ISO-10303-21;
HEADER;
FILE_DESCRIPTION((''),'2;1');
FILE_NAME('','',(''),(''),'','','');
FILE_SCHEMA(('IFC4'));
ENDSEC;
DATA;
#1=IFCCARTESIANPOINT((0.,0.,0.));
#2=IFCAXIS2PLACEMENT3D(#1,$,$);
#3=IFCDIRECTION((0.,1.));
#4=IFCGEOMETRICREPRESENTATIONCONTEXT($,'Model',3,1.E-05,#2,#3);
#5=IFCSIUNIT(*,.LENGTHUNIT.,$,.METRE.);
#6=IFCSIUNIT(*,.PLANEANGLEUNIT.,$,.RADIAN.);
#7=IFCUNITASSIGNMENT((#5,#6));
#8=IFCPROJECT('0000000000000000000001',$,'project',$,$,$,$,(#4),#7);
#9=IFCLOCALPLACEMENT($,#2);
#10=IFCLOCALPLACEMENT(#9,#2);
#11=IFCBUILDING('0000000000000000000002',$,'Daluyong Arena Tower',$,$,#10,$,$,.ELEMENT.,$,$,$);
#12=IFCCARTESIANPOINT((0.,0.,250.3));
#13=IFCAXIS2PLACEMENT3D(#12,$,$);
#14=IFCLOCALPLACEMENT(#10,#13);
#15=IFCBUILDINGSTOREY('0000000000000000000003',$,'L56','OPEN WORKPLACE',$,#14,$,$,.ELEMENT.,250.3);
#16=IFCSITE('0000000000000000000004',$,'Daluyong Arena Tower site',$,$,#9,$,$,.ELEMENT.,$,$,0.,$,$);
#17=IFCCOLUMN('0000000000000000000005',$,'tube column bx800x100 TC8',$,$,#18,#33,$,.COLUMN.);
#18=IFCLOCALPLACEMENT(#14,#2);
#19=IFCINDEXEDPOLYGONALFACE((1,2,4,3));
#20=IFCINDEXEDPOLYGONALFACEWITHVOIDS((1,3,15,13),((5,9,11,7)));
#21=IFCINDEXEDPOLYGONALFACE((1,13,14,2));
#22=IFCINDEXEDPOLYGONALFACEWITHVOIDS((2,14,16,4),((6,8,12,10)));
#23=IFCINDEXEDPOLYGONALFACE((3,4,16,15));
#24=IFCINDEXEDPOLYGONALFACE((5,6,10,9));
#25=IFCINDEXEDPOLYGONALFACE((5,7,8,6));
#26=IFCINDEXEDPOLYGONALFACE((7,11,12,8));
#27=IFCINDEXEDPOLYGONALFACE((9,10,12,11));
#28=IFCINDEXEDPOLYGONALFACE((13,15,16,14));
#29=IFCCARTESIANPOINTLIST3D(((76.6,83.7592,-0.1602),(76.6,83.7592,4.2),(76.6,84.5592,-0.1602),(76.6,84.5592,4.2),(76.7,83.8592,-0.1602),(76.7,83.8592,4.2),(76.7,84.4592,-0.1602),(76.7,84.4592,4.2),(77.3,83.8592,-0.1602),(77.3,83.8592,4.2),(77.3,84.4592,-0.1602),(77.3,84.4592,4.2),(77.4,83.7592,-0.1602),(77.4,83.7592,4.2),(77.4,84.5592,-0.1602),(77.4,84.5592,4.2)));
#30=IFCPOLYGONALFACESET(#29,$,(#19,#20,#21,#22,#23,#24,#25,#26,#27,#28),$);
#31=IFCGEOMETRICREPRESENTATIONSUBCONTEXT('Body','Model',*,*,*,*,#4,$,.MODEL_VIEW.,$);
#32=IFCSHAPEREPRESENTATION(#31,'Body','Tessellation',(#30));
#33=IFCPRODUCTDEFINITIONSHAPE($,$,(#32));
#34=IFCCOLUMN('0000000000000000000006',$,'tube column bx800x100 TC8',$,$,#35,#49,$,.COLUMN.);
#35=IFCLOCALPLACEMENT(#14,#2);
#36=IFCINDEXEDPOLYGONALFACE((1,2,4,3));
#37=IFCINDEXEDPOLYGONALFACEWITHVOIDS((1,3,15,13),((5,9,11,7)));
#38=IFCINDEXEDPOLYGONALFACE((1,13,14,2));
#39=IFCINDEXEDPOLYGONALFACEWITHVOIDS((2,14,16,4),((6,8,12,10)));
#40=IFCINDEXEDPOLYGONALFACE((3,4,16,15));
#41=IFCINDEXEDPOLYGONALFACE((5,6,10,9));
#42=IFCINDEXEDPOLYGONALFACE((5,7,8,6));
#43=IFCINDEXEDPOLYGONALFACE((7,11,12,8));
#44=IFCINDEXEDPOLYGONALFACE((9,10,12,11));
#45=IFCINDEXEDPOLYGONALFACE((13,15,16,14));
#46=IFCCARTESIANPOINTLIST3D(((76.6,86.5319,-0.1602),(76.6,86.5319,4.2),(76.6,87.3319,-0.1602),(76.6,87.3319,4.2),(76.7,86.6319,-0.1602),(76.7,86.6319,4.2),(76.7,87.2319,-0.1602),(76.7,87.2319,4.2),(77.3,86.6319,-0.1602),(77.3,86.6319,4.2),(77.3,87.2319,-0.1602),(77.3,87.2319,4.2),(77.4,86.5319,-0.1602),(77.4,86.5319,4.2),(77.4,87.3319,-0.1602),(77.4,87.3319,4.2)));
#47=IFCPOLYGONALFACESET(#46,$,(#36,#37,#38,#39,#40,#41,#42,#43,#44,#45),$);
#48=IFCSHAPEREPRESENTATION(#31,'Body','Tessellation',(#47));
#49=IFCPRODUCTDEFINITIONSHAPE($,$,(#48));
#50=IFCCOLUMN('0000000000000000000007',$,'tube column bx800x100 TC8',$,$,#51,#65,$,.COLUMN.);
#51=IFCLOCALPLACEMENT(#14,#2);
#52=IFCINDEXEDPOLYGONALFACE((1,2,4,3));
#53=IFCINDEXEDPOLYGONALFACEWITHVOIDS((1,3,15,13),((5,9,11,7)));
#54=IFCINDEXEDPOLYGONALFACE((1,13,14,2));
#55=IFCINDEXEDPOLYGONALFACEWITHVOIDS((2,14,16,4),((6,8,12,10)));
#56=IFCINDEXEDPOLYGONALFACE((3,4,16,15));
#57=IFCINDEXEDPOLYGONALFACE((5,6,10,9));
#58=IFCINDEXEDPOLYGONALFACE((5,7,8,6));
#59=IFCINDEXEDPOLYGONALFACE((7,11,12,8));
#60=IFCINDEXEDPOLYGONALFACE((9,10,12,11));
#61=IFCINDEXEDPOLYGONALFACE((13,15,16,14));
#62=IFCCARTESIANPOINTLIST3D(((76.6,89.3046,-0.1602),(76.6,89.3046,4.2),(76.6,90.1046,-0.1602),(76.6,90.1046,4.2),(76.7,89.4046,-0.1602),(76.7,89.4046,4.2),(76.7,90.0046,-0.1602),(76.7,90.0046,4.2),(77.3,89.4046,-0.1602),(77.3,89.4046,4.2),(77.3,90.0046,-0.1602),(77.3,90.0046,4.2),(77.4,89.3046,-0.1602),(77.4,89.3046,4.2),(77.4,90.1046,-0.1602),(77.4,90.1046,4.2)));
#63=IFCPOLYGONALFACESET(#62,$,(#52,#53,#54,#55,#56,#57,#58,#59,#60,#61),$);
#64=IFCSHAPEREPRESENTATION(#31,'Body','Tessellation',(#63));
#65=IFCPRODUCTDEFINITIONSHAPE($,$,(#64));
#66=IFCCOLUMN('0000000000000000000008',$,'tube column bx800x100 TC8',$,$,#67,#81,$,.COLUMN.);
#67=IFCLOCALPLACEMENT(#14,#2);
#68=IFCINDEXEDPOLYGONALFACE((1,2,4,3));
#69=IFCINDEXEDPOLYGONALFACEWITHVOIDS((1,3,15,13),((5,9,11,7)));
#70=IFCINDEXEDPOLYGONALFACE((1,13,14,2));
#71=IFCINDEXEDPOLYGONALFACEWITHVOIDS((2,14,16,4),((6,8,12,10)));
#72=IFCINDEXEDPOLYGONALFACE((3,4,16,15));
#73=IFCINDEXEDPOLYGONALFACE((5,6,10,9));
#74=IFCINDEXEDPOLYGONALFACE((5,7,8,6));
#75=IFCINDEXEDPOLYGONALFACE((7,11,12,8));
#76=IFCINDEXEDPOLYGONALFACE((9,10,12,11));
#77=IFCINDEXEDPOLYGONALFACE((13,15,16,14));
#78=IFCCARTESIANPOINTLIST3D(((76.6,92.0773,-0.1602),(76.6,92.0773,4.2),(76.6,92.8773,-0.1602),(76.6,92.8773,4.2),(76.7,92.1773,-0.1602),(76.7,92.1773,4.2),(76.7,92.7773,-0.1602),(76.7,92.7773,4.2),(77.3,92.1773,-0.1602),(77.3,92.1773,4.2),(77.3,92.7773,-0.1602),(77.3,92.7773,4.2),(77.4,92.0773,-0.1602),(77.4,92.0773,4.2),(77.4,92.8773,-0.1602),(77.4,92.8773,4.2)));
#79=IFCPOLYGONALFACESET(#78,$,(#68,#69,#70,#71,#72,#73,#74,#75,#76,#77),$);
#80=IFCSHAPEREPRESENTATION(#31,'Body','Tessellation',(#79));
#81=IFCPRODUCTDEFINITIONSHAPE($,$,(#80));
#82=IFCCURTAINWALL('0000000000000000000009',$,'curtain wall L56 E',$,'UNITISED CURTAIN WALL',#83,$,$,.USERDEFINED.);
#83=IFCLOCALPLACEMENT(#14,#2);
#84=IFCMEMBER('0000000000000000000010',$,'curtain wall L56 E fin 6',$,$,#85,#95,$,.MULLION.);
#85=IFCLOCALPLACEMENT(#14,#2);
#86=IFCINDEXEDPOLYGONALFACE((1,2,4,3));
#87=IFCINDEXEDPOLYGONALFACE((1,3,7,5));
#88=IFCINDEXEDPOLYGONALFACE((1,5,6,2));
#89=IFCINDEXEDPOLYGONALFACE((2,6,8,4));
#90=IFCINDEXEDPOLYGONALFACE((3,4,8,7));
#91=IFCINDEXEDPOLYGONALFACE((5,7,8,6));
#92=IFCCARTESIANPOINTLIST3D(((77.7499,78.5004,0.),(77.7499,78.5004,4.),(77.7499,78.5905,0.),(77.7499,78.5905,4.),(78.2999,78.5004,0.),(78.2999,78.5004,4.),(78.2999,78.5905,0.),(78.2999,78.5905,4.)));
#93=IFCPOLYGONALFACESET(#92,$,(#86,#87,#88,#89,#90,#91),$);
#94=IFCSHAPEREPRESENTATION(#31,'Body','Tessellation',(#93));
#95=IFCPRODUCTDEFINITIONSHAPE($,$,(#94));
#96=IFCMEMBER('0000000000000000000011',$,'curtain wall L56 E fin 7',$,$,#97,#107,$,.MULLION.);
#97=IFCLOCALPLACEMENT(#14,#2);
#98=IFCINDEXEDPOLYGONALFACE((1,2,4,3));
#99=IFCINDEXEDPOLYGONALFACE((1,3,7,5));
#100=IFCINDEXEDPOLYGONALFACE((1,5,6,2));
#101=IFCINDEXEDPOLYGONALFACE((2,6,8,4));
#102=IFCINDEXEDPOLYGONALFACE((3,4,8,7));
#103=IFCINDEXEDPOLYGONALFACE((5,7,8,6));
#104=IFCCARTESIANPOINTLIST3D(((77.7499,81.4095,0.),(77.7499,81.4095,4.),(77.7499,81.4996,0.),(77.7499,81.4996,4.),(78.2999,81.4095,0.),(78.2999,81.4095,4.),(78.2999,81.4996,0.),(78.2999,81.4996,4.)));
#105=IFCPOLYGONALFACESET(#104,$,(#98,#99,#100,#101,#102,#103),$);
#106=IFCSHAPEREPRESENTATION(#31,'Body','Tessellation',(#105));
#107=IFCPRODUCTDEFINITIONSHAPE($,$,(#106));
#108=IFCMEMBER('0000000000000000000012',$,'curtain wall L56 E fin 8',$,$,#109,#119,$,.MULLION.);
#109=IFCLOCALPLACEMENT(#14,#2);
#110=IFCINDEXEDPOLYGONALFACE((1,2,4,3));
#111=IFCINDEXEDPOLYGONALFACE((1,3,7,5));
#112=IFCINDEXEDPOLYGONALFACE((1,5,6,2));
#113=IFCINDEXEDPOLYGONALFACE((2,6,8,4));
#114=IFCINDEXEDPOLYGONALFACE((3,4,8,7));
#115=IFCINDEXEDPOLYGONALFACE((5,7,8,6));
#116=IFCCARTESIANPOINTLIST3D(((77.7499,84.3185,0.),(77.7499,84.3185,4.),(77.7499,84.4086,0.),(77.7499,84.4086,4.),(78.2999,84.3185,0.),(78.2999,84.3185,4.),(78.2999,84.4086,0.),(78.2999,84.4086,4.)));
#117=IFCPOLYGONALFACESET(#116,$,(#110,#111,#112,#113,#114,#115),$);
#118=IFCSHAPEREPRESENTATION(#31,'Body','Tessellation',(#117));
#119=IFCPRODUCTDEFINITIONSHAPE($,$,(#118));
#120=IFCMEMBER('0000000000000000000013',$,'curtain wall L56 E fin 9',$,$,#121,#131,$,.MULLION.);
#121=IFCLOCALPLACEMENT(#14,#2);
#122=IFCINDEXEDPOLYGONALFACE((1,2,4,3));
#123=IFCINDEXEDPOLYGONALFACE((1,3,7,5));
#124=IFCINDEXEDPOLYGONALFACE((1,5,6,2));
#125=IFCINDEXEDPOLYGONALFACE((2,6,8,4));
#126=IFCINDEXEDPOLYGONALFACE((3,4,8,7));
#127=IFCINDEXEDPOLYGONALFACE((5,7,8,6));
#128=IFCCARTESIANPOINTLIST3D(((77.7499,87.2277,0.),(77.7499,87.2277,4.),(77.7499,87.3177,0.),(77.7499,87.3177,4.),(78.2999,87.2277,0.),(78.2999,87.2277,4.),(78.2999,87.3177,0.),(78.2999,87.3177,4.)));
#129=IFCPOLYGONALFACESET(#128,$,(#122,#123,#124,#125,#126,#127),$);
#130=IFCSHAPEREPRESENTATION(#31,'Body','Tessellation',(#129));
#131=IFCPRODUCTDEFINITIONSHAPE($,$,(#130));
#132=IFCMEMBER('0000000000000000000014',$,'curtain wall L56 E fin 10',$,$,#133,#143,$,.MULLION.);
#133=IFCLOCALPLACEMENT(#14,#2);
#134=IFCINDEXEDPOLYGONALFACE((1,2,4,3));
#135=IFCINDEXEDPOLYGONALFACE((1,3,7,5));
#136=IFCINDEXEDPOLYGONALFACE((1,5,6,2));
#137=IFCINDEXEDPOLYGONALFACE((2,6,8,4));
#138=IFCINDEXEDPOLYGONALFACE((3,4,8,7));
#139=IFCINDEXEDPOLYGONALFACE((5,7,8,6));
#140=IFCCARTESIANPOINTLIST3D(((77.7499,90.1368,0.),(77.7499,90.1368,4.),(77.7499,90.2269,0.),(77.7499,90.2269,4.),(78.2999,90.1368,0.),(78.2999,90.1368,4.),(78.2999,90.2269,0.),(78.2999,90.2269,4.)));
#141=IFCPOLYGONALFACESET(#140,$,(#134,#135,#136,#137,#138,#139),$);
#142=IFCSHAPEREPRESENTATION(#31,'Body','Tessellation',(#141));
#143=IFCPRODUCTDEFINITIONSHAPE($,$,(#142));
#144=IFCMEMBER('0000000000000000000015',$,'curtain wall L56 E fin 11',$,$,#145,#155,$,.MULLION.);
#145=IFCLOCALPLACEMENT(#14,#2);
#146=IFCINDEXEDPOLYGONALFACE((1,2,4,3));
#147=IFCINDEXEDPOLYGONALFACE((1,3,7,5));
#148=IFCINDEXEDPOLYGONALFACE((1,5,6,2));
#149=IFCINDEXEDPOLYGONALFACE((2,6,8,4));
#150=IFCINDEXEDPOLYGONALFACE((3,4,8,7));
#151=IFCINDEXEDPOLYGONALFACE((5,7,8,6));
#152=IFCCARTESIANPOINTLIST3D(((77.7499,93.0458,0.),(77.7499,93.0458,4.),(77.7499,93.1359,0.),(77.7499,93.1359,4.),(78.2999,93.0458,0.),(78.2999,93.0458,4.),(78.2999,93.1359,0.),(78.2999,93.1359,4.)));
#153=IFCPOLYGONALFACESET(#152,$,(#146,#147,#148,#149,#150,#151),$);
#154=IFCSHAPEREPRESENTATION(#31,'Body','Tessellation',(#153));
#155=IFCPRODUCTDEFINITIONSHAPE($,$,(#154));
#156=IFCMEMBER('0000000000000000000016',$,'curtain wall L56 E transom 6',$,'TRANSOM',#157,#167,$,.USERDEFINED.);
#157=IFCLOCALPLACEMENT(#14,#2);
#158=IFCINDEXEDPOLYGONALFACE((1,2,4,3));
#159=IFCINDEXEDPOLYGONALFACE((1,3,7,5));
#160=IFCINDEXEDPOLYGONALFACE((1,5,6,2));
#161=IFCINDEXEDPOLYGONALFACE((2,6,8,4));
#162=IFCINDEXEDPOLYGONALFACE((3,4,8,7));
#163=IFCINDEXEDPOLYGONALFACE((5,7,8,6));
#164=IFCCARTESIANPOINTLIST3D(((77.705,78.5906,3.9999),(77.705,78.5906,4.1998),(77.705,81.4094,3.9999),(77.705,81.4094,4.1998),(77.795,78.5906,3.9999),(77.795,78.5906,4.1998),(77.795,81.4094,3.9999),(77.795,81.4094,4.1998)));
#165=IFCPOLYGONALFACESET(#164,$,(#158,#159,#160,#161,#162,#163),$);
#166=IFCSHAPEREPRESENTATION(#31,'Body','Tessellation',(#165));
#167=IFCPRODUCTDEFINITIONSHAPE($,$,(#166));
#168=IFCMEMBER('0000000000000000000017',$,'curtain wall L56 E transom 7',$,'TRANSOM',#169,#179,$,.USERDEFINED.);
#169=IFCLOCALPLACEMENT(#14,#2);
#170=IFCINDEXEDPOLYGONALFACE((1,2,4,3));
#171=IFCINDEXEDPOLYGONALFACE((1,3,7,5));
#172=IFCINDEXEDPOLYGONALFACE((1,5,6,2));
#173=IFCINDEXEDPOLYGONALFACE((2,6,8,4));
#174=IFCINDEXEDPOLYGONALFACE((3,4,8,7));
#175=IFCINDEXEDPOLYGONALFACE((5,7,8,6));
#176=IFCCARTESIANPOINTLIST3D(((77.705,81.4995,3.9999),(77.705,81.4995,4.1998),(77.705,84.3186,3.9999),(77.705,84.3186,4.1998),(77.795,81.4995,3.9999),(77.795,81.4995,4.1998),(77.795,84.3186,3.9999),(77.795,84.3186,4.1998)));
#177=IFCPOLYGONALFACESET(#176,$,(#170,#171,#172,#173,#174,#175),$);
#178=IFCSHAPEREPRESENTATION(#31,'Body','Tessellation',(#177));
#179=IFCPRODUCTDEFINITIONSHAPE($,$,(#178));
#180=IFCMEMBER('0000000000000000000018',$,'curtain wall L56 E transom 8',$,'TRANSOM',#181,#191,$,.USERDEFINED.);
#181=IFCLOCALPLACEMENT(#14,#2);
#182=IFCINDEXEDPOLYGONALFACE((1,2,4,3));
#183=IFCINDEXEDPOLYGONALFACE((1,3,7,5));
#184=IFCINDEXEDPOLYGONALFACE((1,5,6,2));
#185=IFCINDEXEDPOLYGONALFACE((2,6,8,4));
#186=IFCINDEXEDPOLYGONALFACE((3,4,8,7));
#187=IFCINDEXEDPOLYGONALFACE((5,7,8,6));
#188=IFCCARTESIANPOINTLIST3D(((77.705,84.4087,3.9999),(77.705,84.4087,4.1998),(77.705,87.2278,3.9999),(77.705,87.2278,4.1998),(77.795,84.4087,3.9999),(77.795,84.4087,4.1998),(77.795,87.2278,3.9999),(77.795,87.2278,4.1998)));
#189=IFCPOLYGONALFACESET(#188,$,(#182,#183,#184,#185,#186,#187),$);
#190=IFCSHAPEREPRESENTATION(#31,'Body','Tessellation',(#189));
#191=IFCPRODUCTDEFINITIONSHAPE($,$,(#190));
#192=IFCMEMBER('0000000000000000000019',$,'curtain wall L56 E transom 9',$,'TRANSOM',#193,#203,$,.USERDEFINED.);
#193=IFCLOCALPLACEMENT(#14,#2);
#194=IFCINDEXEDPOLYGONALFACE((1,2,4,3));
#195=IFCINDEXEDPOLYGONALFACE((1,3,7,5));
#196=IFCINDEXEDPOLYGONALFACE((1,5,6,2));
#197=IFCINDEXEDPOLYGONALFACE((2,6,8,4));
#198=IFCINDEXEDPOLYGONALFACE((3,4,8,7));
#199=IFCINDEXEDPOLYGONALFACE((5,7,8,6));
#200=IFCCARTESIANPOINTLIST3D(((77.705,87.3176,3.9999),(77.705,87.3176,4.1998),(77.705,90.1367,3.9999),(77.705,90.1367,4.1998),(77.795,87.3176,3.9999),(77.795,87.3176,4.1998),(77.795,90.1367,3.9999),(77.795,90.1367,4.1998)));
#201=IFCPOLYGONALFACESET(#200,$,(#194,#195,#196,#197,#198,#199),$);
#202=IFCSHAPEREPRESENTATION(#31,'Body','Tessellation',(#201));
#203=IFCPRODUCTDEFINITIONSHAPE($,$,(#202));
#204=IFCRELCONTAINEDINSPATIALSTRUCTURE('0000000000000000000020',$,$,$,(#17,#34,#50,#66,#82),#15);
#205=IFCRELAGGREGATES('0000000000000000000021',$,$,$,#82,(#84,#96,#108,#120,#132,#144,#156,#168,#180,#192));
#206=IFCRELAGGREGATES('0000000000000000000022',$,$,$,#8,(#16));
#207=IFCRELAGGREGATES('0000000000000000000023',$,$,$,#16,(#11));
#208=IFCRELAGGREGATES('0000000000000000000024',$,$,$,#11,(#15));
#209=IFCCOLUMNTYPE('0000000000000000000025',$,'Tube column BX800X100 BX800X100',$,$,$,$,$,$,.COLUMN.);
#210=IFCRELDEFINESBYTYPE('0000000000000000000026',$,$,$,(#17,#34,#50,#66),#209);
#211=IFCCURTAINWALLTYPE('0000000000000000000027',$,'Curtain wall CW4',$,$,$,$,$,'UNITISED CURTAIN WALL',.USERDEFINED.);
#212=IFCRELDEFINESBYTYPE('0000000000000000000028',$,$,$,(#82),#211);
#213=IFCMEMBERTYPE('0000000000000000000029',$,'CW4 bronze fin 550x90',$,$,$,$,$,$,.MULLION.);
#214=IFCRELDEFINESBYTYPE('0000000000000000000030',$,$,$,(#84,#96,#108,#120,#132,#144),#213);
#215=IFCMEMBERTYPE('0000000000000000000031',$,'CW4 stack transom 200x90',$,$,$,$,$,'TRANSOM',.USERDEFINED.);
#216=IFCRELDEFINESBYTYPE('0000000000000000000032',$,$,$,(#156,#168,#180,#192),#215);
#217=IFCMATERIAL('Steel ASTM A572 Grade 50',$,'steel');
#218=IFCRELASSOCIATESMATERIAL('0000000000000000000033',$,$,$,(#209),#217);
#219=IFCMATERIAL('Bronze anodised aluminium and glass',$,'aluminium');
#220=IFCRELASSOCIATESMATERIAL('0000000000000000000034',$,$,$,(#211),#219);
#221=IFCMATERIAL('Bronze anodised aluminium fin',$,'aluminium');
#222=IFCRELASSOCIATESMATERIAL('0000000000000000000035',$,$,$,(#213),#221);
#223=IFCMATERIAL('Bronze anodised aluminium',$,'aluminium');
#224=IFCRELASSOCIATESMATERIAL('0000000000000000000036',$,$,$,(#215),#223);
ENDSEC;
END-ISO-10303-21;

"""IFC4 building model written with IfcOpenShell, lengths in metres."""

from ifc_helpers import new_model, si_unit, direction, frame, origin, origin_2d, place, context, subcontext, project, spatial, rectangle, hollow_rectangle, extrude, material, material_profile, profile_set, type_object, element, aggregate, save


model = new_model("IFC4")

# Units and contexts
model_context = context("Model", 3, precision=1e-05, world=origin(), true_north=direction((0.0, 1.0)))
body_context = subcontext(model_context, "Body", "Model", "MODEL_VIEW")
ifc_project = project(units=[si_unit("LENGTHUNIT", "METRE"), si_unit("PLANEANGLEUNIT", "RADIAN")], contexts=[model_context])

# Site, building, storey
site_placement = place(None, origin())
site = spatial("IfcSite", under=ifc_project, at=site_placement, Name="Daluyong Arena Tower site", CompositionType="ELEMENT", RefElevation=0.0)
building_placement = place(site_placement, origin())
building = spatial("IfcBuilding", under=site, at=building_placement, Name="Daluyong Arena Tower", CompositionType="ELEMENT")
storey_placement = place(building_placement, frame((0.0, 0.0, 250.3)))
storey = spatial("IfcBuildingStorey", under=building, at=storey_placement, Name="L56", Description="OPEN WORKPLACE", CompositionType="ELEMENT", Elevation=250.3)

# Columns
ifc_material_1 = material(Name="Steel ASTM A572 Grade 50", Category="steel")
ifc_material_profile_1 = material_profile(ifc_material_1, hollow_rectangle(XDim=0.8, YDim=0.8, WallThickness=0.1, at=origin_2d()))
ifc_profile_set_1 = profile_set([ifc_material_profile_1], Name="Steel ASTM A572 Grade 50")
column_type = type_object("IfcColumnType", Name="Tube column BX800X100 BX800X100", PredefinedType="COLUMN", material=ifc_profile_set_1)
for number, where, z_axis, x_axis, name in (
    (1, (77.0, 84.1592, -0.1602), (0.0, 0.0, 1.0), (0.0, 1.0, 0.0), "tube column bx800x100 TC8"),
    (2, (77.0, 86.9319, -0.1602), (0.0, 0.0, 1.0), (0.0, 1.0, 0.0), "tube column bx800x100 TC8"),
    (3, (77.0, 89.7046, -0.1602), (0.0, 0.0, 1.0), (0.0, 1.0, 0.0), "tube column bx800x100 TC8"),
    (4, (77.0, 92.4773, -0.1602), (0.0, 0.0, 1.0), (0.0, 1.0, 0.0), "tube column bx800x100 TC8"),
):
    element("IfcColumn", number, at=place(storey_placement, frame(where, z_axis=z_axis, x_axis=x_axis)), inside=storey, type_object=column_type, Name=name, PredefinedType="COLUMN", context=body_context, shape_type="SweptSolid", body=[
        extrude(hollow_rectangle(XDim=0.8, YDim=0.8, WallThickness=0.1, at=origin_2d()), origin(), (0.0, 0.0, 1.0), 4.3601),
    ])

# Curtain wall, members
ifc_material_2 = material(Name="Bronze anodised aluminium and glass", Category="aluminium")
curtain_wall_type = type_object("IfcCurtainWallType", Name="Curtain wall CW4", ElementType="UNITISED CURTAIN WALL", PredefinedType="USERDEFINED", material=ifc_material_2)
curtain_wall_placement = place(storey_placement, origin())
curtain_wall = element("IfcCurtainWall", 5, at=curtain_wall_placement, inside=storey, type_object=curtain_wall_type, Name="curtain wall L56 E", ObjectType="UNITISED CURTAIN WALL", PredefinedType="USERDEFINED")
ifc_material_3 = material(Name="Bronze anodised aluminium fin", Category="aluminium")
ifc_material_profile_2 = material_profile(ifc_material_3, rectangle(XDim=0.55, YDim=0.0901, at=origin_2d()))
ifc_profile_set_2 = profile_set([ifc_material_profile_2], Name="Bronze anodised aluminium fin")
member_type_1 = type_object("IfcMemberType", Name="CW4 bronze fin 550x90", PredefinedType="MULLION", material=ifc_profile_set_2)
member_1_placement = place(storey_placement, frame((78.0249, 78.5454, 0.0), z_axis=(0.0, 0.0, 1.0), x_axis=(-1.0, 0.0, 0.0)))
member_1 = element("IfcMember", 6, at=member_1_placement, type_object=member_type_1, Name="curtain wall L56 E fin 6", PredefinedType="MULLION", context=body_context, shape_type="SweptSolid", body=[
    extrude(rectangle(XDim=0.55, YDim=0.0901, at=origin_2d()), origin(), (0.0, 0.0, 1.0), 4.0),
])
member_2_placement = place(storey_placement, frame((78.0249, 81.4546, 0.0), z_axis=(0.0, 0.0, 1.0), x_axis=(-1.0, 0.0, 0.0)))
member_2 = element("IfcMember", 7, at=member_2_placement, type_object=member_type_1, Name="curtain wall L56 E fin 7", PredefinedType="MULLION", context=body_context, shape_type="SweptSolid", body=[
    extrude(rectangle(XDim=0.55, YDim=0.0901, at=origin_2d()), origin(), (0.0, 0.0, 1.0), 4.0),
])
member_3_placement = place(storey_placement, frame((78.0249, 84.3635, 0.0), z_axis=(0.0, 0.0, 1.0), x_axis=(-1.0, 0.0, 0.0)))
member_3 = element("IfcMember", 8, at=member_3_placement, type_object=member_type_1, Name="curtain wall L56 E fin 8", PredefinedType="MULLION", context=body_context, shape_type="SweptSolid", body=[
    extrude(rectangle(XDim=0.55, YDim=0.0901, at=origin_2d()), origin(), (0.0, 0.0, 1.0), 4.0),
])
member_4_placement = place(storey_placement, frame((78.0249, 87.2727, 0.0), z_axis=(0.0, 0.0, 1.0), x_axis=(-1.0, 0.0, 0.0)))
member_4 = element("IfcMember", 9, at=member_4_placement, type_object=member_type_1, Name="curtain wall L56 E fin 9", PredefinedType="MULLION", context=body_context, shape_type="SweptSolid", body=[
    extrude(rectangle(XDim=0.55, YDim=0.0901, at=origin_2d()), origin(), (0.0, 0.0, 1.0), 4.0),
])
member_5_placement = place(storey_placement, frame((78.0249, 90.1819, 0.0), z_axis=(0.0, 0.0, 1.0), x_axis=(-1.0, 0.0, 0.0)))
member_5 = element("IfcMember", 10, at=member_5_placement, type_object=member_type_1, Name="curtain wall L56 E fin 10", PredefinedType="MULLION", context=body_context, shape_type="SweptSolid", body=[
    extrude(rectangle(XDim=0.55, YDim=0.0901, at=origin_2d()), origin(), (0.0, 0.0, 1.0), 4.0),
])
member_6_placement = place(storey_placement, frame((78.0249, 93.0908, 0.0), z_axis=(0.0, 0.0, 1.0), x_axis=(-1.0, 0.0, 0.0)))
member_6 = element("IfcMember", 11, at=member_6_placement, type_object=member_type_1, Name="curtain wall L56 E fin 11", PredefinedType="MULLION", context=body_context, shape_type="SweptSolid", body=[
    extrude(rectangle(XDim=0.55, YDim=0.0901, at=origin_2d()), origin(), (0.0, 0.0, 1.0), 4.0),
])
ifc_material_4 = material(Name="Bronze anodised aluminium", Category="aluminium")
ifc_material_profile_3 = material_profile(ifc_material_4, rectangle(XDim=0.0901, YDim=0.2, at=origin_2d()))
ifc_profile_set_3 = profile_set([ifc_material_profile_3], Name="Bronze anodised aluminium")
member_type_2 = type_object("IfcMemberType", Name="CW4 stack transom 200x90", ElementType="TRANSOM", PredefinedType="USERDEFINED", material=ifc_profile_set_3)
member_7_placement = place(storey_placement, frame((77.75, 78.5906, 4.0999), z_axis=(0.0, 1.0, 0.0), x_axis=(-1.0, 0.0, 0.0)))
member_7 = element("IfcMember", 12, at=member_7_placement, type_object=member_type_2, Name="curtain wall L56 E transom 6", ObjectType="TRANSOM", PredefinedType="USERDEFINED", context=body_context, shape_type="SweptSolid", body=[
    extrude(rectangle(XDim=0.0901, YDim=0.2, at=origin_2d()), origin(), (0.0, 0.0, 1.0), 2.8188),
])
member_8_placement = place(storey_placement, frame((77.75, 81.4995, 4.0999), z_axis=(0.0, 1.0, 0.0), x_axis=(-1.0, 0.0, 0.0)))
member_8 = element("IfcMember", 13, at=member_8_placement, type_object=member_type_2, Name="curtain wall L56 E transom 7", ObjectType="TRANSOM", PredefinedType="USERDEFINED", context=body_context, shape_type="SweptSolid", body=[
    extrude(rectangle(XDim=0.0901, YDim=0.2, at=origin_2d()), origin(), (0.0, 0.0, 1.0), 2.8191),
])
member_9_placement = place(storey_placement, frame((77.75, 84.4087, 4.0999), z_axis=(0.0, 1.0, 0.0), x_axis=(-1.0, 0.0, 0.0)))
member_9 = element("IfcMember", 14, at=member_9_placement, type_object=member_type_2, Name="curtain wall L56 E transom 8", ObjectType="TRANSOM", PredefinedType="USERDEFINED", context=body_context, shape_type="SweptSolid", body=[
    extrude(rectangle(XDim=0.0901, YDim=0.2, at=origin_2d()), origin(), (0.0, 0.0, 1.0), 2.8191),
])
member_10_placement = place(storey_placement, frame((77.75, 87.3176, 4.0999), z_axis=(0.0, 1.0, 0.0), x_axis=(-1.0, 0.0, 0.0)))
member_10 = element("IfcMember", 15, at=member_10_placement, type_object=member_type_2, Name="curtain wall L56 E transom 9", ObjectType="TRANSOM", PredefinedType="USERDEFINED", context=body_context, shape_type="SweptSolid", body=[
    extrude(rectangle(XDim=0.0901, YDim=0.2, at=origin_2d()), origin(), (0.0, 0.0, 1.0), 2.8191),
])

aggregate(curtain_wall, [member_1, member_2, member_3, member_4, member_5, member_6, member_7, member_8, member_9, member_10])

save(model, "model.ifc")
